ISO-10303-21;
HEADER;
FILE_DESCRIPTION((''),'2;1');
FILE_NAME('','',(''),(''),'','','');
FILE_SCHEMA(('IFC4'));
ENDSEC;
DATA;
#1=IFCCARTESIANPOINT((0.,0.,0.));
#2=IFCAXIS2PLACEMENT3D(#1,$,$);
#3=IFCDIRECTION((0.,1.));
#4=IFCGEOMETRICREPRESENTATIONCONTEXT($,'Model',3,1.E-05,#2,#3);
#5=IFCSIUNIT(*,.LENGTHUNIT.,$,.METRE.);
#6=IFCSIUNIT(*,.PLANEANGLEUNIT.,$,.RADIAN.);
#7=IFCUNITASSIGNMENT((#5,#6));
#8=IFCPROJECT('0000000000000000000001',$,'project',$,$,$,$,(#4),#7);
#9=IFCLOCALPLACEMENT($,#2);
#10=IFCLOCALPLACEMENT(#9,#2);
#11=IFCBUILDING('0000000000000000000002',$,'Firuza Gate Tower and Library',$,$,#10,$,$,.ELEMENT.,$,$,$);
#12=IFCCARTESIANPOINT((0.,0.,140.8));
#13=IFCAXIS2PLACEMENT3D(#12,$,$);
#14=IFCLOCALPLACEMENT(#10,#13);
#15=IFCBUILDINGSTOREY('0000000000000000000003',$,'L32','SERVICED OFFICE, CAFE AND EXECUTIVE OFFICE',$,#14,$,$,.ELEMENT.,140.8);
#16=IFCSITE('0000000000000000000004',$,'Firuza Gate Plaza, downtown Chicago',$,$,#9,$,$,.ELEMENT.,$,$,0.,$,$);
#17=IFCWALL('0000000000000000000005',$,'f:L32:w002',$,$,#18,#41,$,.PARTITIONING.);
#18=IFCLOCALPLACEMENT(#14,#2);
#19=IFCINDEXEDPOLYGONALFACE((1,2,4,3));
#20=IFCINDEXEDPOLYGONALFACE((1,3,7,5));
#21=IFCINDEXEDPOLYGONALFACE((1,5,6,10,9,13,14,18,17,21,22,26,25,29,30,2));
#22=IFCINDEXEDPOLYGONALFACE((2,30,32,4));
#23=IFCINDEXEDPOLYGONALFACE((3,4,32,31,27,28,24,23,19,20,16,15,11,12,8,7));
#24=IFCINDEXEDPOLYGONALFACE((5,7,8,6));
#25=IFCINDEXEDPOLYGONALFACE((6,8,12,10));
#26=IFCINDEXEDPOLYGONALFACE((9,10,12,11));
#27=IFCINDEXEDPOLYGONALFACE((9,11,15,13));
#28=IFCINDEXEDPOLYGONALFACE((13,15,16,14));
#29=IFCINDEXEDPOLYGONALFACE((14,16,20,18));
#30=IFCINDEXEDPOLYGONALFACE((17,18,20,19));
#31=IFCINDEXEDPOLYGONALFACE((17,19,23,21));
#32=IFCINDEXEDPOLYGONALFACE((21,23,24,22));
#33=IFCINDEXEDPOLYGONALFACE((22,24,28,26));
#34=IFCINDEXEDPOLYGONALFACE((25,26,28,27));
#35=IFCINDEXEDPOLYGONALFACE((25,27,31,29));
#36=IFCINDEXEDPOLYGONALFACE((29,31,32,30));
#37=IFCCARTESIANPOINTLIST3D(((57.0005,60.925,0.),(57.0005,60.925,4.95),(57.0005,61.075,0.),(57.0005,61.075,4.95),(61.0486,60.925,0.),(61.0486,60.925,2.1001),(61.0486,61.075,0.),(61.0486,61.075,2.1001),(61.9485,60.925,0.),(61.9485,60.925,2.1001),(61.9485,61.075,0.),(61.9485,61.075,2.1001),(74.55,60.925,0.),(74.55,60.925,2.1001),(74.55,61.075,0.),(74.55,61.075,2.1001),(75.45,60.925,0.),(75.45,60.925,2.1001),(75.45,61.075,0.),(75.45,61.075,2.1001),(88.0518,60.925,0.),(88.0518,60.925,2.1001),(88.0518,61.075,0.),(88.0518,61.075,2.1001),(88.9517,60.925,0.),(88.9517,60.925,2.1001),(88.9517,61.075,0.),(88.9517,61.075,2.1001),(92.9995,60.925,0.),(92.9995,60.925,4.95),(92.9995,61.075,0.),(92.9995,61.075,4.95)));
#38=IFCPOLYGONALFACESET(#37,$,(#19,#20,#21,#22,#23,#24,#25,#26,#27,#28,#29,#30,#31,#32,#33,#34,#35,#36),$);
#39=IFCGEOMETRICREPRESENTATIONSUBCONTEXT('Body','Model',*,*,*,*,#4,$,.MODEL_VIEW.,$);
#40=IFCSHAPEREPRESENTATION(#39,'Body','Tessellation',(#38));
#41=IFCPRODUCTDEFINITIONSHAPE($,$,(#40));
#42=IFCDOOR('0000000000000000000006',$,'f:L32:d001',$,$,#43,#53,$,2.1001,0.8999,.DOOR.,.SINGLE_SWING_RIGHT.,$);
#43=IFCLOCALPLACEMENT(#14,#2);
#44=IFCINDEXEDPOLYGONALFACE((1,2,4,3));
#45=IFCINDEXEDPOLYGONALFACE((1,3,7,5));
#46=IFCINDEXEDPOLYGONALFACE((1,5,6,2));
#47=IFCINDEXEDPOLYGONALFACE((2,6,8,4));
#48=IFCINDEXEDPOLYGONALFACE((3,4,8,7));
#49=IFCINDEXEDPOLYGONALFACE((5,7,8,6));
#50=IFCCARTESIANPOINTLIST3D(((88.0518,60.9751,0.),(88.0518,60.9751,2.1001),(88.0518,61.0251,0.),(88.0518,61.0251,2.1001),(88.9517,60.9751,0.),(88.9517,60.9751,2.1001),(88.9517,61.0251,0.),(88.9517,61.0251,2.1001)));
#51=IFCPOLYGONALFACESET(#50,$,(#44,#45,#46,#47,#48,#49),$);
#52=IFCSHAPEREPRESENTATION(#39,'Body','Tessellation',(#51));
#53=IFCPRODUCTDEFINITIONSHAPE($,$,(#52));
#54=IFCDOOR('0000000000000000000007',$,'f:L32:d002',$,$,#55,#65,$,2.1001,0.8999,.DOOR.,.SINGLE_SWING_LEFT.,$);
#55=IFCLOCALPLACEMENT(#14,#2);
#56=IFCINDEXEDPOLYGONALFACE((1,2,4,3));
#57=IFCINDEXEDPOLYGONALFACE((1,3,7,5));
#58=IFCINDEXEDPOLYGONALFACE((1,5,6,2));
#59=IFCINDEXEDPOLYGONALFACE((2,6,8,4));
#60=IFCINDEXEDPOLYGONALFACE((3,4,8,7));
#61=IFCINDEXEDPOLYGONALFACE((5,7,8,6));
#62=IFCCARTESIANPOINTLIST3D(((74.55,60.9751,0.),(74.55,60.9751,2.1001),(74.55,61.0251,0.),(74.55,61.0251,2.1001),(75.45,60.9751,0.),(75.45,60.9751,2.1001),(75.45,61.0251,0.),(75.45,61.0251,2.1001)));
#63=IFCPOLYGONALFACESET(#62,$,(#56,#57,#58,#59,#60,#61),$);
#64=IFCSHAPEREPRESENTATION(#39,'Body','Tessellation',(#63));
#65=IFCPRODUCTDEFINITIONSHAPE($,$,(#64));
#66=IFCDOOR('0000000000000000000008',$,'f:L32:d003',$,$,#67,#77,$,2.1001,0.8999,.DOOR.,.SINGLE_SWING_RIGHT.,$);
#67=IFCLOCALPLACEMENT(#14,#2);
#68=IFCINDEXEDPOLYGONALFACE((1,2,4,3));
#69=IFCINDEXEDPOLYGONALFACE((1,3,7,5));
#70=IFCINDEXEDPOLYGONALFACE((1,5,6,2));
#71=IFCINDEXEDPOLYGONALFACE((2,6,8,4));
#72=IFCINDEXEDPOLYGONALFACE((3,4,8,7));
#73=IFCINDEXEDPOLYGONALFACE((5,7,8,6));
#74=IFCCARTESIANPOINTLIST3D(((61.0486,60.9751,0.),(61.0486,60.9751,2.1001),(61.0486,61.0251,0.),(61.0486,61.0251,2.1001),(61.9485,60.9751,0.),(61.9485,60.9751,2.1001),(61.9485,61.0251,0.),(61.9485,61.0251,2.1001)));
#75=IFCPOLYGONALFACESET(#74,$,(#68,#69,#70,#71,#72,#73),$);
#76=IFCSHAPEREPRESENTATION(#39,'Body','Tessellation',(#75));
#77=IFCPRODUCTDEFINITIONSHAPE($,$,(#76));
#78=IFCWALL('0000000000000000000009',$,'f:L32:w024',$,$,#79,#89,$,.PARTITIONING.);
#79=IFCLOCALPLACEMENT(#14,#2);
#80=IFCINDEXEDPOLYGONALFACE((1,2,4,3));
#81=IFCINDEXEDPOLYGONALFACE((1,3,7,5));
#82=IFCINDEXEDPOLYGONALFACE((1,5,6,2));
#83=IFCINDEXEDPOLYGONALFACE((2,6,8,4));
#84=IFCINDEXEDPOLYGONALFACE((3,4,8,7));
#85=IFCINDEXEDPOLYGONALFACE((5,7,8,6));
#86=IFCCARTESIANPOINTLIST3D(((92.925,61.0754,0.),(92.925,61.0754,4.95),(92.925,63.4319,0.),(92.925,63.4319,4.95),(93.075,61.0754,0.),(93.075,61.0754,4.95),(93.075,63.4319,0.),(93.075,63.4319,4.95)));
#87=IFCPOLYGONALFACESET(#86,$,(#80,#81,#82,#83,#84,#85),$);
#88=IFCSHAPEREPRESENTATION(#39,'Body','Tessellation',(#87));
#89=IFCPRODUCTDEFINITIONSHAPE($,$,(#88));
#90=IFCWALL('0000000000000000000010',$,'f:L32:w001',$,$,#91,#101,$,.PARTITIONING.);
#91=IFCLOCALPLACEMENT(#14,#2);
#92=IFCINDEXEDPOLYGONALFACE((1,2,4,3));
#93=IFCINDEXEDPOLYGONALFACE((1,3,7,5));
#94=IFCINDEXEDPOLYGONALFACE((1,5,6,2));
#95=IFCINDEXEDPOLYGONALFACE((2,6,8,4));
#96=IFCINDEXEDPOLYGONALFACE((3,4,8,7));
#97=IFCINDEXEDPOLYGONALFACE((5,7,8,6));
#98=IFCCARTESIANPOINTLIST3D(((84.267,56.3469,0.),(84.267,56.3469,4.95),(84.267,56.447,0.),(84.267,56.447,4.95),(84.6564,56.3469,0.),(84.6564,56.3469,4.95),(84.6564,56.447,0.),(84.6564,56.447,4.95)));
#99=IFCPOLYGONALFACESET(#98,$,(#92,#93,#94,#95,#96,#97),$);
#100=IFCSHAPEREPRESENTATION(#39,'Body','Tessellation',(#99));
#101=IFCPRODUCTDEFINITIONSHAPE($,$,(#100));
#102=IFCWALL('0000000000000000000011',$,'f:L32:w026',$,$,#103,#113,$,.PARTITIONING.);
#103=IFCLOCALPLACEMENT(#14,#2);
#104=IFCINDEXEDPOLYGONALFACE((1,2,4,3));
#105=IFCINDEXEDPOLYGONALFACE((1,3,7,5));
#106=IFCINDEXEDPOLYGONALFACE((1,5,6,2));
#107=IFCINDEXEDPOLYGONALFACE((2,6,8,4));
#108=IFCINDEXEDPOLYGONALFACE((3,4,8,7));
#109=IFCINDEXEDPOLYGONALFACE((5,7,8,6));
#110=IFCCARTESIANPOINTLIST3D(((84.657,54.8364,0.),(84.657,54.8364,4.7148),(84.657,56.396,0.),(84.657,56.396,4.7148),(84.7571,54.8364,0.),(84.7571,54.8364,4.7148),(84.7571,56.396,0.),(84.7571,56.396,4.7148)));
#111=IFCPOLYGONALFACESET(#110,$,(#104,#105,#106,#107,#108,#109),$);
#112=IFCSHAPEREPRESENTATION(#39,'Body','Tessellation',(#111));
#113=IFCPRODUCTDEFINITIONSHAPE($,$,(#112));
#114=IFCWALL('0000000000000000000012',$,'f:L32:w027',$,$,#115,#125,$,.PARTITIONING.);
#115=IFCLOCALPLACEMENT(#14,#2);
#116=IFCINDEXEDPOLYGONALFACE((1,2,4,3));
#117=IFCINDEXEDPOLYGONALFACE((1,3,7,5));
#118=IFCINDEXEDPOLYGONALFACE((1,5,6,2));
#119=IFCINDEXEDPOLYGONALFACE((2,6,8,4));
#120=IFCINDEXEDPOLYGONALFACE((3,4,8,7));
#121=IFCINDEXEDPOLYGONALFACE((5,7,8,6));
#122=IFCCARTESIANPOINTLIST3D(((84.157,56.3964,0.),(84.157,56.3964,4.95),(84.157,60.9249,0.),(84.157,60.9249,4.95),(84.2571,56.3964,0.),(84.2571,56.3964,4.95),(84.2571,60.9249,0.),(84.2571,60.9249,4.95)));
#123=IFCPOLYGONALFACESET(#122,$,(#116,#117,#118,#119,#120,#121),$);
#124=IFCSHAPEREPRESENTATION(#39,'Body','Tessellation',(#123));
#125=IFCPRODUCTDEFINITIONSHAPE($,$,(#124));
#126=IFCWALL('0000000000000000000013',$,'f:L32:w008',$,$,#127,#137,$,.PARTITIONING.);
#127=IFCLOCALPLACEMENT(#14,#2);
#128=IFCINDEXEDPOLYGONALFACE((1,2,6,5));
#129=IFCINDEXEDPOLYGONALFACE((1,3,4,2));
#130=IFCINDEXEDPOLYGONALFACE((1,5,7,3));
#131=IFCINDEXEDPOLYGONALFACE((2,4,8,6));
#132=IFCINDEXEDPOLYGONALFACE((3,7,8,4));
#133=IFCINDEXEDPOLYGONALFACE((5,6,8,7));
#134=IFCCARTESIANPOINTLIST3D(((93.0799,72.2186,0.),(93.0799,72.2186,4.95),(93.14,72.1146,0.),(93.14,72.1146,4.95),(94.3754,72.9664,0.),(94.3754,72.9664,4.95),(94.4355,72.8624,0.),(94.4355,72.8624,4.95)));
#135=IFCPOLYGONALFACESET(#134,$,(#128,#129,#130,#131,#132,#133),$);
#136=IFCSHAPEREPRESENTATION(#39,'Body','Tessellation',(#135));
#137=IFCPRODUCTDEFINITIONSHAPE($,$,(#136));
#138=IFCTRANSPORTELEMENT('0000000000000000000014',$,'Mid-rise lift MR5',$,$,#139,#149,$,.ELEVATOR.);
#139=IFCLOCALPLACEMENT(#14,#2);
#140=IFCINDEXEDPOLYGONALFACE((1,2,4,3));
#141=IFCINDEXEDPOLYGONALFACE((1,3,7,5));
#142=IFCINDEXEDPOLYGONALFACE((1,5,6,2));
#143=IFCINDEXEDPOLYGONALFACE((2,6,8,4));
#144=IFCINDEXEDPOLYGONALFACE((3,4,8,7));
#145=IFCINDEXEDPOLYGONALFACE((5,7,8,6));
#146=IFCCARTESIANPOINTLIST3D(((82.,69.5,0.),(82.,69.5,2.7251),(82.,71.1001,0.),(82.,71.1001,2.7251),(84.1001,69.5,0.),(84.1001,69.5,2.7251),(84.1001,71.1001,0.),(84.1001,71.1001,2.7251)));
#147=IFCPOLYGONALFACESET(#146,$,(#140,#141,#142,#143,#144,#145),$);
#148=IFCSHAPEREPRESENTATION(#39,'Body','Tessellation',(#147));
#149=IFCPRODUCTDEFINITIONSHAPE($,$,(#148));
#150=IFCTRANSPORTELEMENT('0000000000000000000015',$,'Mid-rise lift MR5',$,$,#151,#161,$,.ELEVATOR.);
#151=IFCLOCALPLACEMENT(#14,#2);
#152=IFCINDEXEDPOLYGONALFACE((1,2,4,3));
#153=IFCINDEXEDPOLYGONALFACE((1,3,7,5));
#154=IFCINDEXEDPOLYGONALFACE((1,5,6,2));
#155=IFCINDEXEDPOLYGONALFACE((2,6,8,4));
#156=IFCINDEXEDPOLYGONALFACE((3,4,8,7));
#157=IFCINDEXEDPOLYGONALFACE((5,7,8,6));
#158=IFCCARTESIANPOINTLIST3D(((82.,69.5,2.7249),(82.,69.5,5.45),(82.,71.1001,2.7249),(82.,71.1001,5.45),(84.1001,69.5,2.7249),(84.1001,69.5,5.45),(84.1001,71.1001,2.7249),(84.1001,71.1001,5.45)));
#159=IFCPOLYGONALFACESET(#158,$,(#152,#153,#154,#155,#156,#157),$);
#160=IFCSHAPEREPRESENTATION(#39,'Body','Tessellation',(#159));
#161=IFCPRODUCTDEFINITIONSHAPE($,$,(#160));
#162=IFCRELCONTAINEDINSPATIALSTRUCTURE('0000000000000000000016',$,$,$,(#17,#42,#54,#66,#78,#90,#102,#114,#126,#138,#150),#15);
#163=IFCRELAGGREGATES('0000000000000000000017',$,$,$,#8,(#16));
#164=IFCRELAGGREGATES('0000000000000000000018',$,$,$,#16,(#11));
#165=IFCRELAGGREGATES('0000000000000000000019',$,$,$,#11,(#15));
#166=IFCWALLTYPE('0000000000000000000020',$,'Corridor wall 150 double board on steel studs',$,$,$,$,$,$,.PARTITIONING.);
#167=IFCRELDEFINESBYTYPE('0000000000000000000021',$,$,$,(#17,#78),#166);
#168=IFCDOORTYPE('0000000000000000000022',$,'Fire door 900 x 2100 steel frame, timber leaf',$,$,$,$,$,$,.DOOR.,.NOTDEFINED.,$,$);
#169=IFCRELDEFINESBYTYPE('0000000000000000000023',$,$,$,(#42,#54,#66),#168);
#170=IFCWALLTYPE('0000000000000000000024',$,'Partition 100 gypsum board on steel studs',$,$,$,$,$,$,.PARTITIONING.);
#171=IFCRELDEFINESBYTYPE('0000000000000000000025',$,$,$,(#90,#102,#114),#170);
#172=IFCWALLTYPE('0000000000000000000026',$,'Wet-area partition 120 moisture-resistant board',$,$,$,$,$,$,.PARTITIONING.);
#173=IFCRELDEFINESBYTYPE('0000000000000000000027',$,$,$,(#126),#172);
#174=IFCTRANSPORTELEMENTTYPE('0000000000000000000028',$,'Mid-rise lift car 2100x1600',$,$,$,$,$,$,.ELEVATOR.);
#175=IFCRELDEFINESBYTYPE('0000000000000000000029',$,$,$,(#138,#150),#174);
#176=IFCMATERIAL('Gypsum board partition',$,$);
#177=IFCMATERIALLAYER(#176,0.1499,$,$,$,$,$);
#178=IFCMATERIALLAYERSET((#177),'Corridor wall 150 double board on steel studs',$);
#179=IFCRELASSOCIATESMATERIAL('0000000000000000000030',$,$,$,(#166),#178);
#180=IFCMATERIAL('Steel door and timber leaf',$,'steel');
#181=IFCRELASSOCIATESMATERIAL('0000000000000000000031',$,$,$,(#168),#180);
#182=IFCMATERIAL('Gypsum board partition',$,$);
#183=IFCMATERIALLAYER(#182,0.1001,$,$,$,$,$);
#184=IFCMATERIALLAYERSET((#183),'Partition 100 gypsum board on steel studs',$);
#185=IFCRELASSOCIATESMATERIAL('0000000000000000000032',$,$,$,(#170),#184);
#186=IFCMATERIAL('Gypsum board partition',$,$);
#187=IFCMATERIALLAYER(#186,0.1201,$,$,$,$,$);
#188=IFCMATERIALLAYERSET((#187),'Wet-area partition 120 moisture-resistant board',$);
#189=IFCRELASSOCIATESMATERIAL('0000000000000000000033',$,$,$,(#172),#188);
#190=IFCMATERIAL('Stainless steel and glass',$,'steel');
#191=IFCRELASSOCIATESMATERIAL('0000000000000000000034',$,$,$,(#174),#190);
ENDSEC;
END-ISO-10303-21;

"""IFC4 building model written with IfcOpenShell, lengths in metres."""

from ifc_helpers import new_model, si_unit, direction, frame, frame_2d, origin, origin_2d, place, context, subcontext, project, spatial, rectangle, extrude, material, layer, layer_set, type_object, element, fill, save


model = new_model("IFC4")

# Units and contexts
model_context = context("Model", 3, precision=1e-05, world=origin(), true_north=direction((0.0, 1.0)))
body_context = subcontext(model_context, "Body", "Model", "MODEL_VIEW")
ifc_project = project(units=[si_unit("LENGTHUNIT", "METRE"), si_unit("PLANEANGLEUNIT", "RADIAN")], contexts=[model_context])

# Site, building, storey
site_placement = place(None, origin())
site = spatial("IfcSite", under=ifc_project, at=site_placement, Name="Firuza Gate Plaza, downtown Chicago", CompositionType="ELEMENT", RefElevation=0.0)
building_placement = place(site_placement, origin())
building = spatial("IfcBuilding", under=site, at=building_placement, Name="Firuza Gate Tower and Library", CompositionType="ELEMENT")
storey_placement = place(building_placement, frame((0.0, 0.0, 140.8)))
storey = spatial("IfcBuildingStorey", under=building, at=storey_placement, Name="L32", Description="SERVICED OFFICE, CAFE AND EXECUTIVE OFFICE", CompositionType="ELEMENT", Elevation=140.8)

# Wall, openings, doors
ifc_material_1 = material(Name="Gypsum board partition")
ifc_layer_1 = layer(ifc_material_1, 0.1499)
ifc_layer_set_1 = layer_set([ifc_layer_1], Name="Corridor wall 150 double board on steel studs")
wall_type_1 = type_object("IfcWallType", Name="Corridor wall 150 double board on steel studs", PredefinedType="PARTITIONING", material=ifc_layer_set_1)
wall_1_placement = place(storey_placement, frame((92.9995, 61.0, 0.0), z_axis=(0.0, 0.0, 1.0), x_axis=(-1.0, 0.0, 0.0)))
wall_1 = element("IfcWall", 1, at=wall_1_placement, inside=storey, type_object=wall_type_1, Name="f:L32:w002", PredefinedType="PARTITIONING", context=body_context, shape_type="SweptSolid", body=[
    extrude(rectangle(XDim=35.999, YDim=0.1499, at=frame_2d((17.9995, 0.0))), origin(), (0.0, 0.0, 1.0), 4.95),
])
opening_1_placement = place(wall_1_placement, frame((4.0479, 0.0, 0.0)))
opening_1 = element("IfcOpeningElement", 2, at=opening_1_placement, cuts=wall_1, PredefinedType="OPENING", context=body_context, shape_type="SweptSolid", body=[
    extrude(rectangle(XDim=0.8999, YDim=2.1001, at=frame_2d((0.45, 1.05))), frame((0.0, 0.085, 0.0), z_axis=(0.0, -1.0, 0.0), x_axis=(1.0, 0.0, 0.0)), (0.0, 0.0, 1.0), 0.1699),
])
opening_2_placement = place(wall_1_placement, frame((17.5496, 0.0, 0.0)))
opening_2 = element("IfcOpeningElement", 3, at=opening_2_placement, cuts=wall_1, PredefinedType="OPENING", context=body_context, shape_type="SweptSolid", body=[
    extrude(rectangle(XDim=0.8999, YDim=2.1001, at=frame_2d((0.45, 1.05))), frame((0.0, 0.085, 0.0), z_axis=(0.0, -1.0, 0.0), x_axis=(1.0, 0.0, 0.0)), (0.0, 0.0, 1.0), 0.1699),
])
opening_3_placement = place(wall_1_placement, frame((31.051, 0.0, 0.0)))
opening_3 = element("IfcOpeningElement", 4, at=opening_3_placement, cuts=wall_1, PredefinedType="OPENING", context=body_context, shape_type="SweptSolid", body=[
    extrude(rectangle(XDim=0.8999, YDim=2.1001, at=frame_2d((0.45, 1.05))), frame((0.0, 0.085, 0.0), z_axis=(0.0, -1.0, 0.0), x_axis=(1.0, 0.0, 0.0)), (0.0, 0.0, 1.0), 0.1699),
])
ifc_material_2 = material(Name="Steel door and timber leaf", Category="steel")
door_type_1 = type_object("IfcDoorType", Name="Fire door 900 x 2100 steel frame, timber leaf", OperationType="NOTDEFINED", PredefinedType="DOOR", material=ifc_material_2)
door_1_placement = place(opening_1_placement, origin())
door_1 = element("IfcDoor", 5, at=door_1_placement, inside=storey, type_object=door_type_1, Name="f:L32:d001", OperationType="SINGLE_SWING_RIGHT", OverallHeight=2.1001, OverallWidth=0.8999, PredefinedType="DOOR", context=body_context, shape_type="SweptSolid", body=[
    extrude(rectangle(XDim=0.8999, YDim=2.1001, at=frame_2d((0.45, 1.05))), frame((0.0, 0.0249, 0.0), z_axis=(0.0, -1.0, 0.0), x_axis=(1.0, 0.0, 0.0)), (0.0, 0.0, 1.0), 0.05),
])
fill(opening_1, door_1)
door_2_placement = place(opening_2_placement, origin())
door_2 = element("IfcDoor", 6, at=door_2_placement, inside=storey, type_object=door_type_1, Name="f:L32:d002", OperationType="SINGLE_SWING_LEFT", OverallHeight=2.1001, OverallWidth=0.8999, PredefinedType="DOOR", context=body_context, shape_type="SweptSolid", body=[
    extrude(rectangle(XDim=0.8999, YDim=2.1001, at=frame_2d((0.45, 1.05))), frame((0.0, 0.0249, 0.0), z_axis=(0.0, -1.0, 0.0), x_axis=(1.0, 0.0, 0.0)), (0.0, 0.0, 1.0), 0.05),
])
fill(opening_2, door_2)
door_3_placement = place(opening_3_placement, origin())
door_3 = element("IfcDoor", 7, at=door_3_placement, inside=storey, type_object=door_type_1, Name="f:L32:d003", OperationType="SINGLE_SWING_RIGHT", OverallHeight=2.1001, OverallWidth=0.8999, PredefinedType="DOOR", context=body_context, shape_type="SweptSolid", body=[
    extrude(rectangle(XDim=0.8999, YDim=2.1001, at=frame_2d((0.45, 1.05))), frame((0.0, 0.0249, 0.0), z_axis=(0.0, -1.0, 0.0), x_axis=(1.0, 0.0, 0.0)), (0.0, 0.0, 1.0), 0.05),
])
fill(opening_3, door_3)

# Walls
wall_2_placement = place(storey_placement, frame((93.0, 61.0754, 0.0), z_axis=(0.0, 0.0, 1.0), x_axis=(0.0, 1.0, 0.0)))
element("IfcWall", 8, at=wall_2_placement, inside=storey, type_object=wall_type_1, Name="f:L32:w024", PredefinedType="PARTITIONING", context=body_context, shape_type="SweptSolid", body=[
    extrude(rectangle(XDim=2.3564, YDim=0.1499, at=frame_2d((1.1782, 0.0))), origin(), (0.0, 0.0, 1.0), 4.95),
])
ifc_material_3 = material(Name="Gypsum board partition")
ifc_layer_2 = layer(ifc_material_3, 0.1001)
ifc_layer_set_2 = layer_set([ifc_layer_2], Name="Partition 100 gypsum board on steel studs")
wall_type_2 = type_object("IfcWallType", Name="Partition 100 gypsum board on steel studs", PredefinedType="PARTITIONING", material=ifc_layer_set_2)
wall_3_placement = place(storey_placement, frame((84.2668, 56.397, 0.0), z_axis=(0.0, 0.0, 1.0), x_axis=(1.0, 0.0, 0.0)))
element("IfcWall", 9, at=wall_3_placement, inside=storey, type_object=wall_type_2, Name="f:L32:w001", PredefinedType="PARTITIONING", context=body_context, shape_type="SweptSolid", body=[
    extrude(rectangle(XDim=0.3894, YDim=0.1001, at=frame_2d((0.1948, 0.0))), origin(), (0.0, 0.0, 1.0), 4.95),
])
wall_4_placement = place(storey_placement, frame((84.707, 54.8364, 0.0), z_axis=(0.0, 0.0, 1.0), x_axis=(0.0, 1.0, 0.0)))
element("IfcWall", 10, at=wall_4_placement, inside=storey, type_object=wall_type_2, Name="f:L32:w026", PredefinedType="PARTITIONING", context=body_context, shape_type="SweptSolid", body=[
    extrude(rectangle(XDim=1.5596, YDim=0.1001, at=frame_2d((0.7798, 0.0))), origin(), (0.0, 0.0, 1.0), 4.7148),
])
wall_5_placement = place(storey_placement, frame((84.207, 56.3965, 0.0), z_axis=(0.0, 0.0, 1.0), x_axis=(0.0, 1.0, 0.0)))
element("IfcWall", 11, at=wall_5_placement, inside=storey, type_object=wall_type_2, Name="f:L32:w027", PredefinedType="PARTITIONING", context=body_context, shape_type="SweptSolid", body=[
    extrude(rectangle(XDim=4.5286, YDim=0.1001, at=frame_2d((2.2642, 0.0))), origin(), (0.0, 0.0, 1.0), 4.95),
])
ifc_material_4 = material(Name="Gypsum board partition")
ifc_layer_3 = layer(ifc_material_4, 0.1201)
ifc_layer_set_3 = layer_set([ifc_layer_3], Name="Wet-area partition 120 moisture-resistant board")
wall_type_3 = type_object("IfcWallType", Name="Wet-area partition 120 moisture-resistant board", PredefinedType="PARTITIONING", material=ifc_layer_set_3)
wall_6_placement = place(storey_placement, frame((93.1099, 72.1665, 0.0), z_axis=(0.0, 0.0, 1.0), x_axis=(0.866055, 0.499949, 0.0)))
element("IfcWall", 12, at=wall_6_placement, inside=storey, type_object=wall_type_3, Name="f:L32:w008", PredefinedType="PARTITIONING", context=body_context, shape_type="SweptSolid", body=[
    extrude(rectangle(XDim=1.4958, YDim=0.1201, at=frame_2d((0.748, 0.0))), origin(), (0.0, 0.0, 1.0), 4.95),
])

# Transport elements
ifc_material_5 = material(Name="Stainless steel and glass", Category="steel")
transport_element_type = type_object("IfcTransportElementType", Name="Mid-rise lift car 2100x1600", PredefinedType="ELEVATOR", material=ifc_material_5)
for number, where, z_axis, x_axis, name in (
    (13, (83.05, 70.3, 0.0), (0.0, 0.0, 1.0), (1.0, 0.0, 0.0), "Mid-rise lift MR5"),
    (14, (83.05, 70.3, 2.7249), (0.0, 0.0, 1.0), (1.0, 0.0, 0.0), "Mid-rise lift MR5"),
):
    element("IfcTransportElement", number, at=place(storey_placement, frame(where, z_axis=z_axis, x_axis=x_axis)), inside=storey, type_object=transport_element_type, Name=name, PredefinedType="ELEVATOR", context=body_context, shape_type="SweptSolid", body=[
        extrude(rectangle(XDim=2.1001, YDim=1.6001, at=origin_2d()), origin(), (0.0, 0.0, 1.0), 2.7251),
    ])

save(model, "model.ifc")
